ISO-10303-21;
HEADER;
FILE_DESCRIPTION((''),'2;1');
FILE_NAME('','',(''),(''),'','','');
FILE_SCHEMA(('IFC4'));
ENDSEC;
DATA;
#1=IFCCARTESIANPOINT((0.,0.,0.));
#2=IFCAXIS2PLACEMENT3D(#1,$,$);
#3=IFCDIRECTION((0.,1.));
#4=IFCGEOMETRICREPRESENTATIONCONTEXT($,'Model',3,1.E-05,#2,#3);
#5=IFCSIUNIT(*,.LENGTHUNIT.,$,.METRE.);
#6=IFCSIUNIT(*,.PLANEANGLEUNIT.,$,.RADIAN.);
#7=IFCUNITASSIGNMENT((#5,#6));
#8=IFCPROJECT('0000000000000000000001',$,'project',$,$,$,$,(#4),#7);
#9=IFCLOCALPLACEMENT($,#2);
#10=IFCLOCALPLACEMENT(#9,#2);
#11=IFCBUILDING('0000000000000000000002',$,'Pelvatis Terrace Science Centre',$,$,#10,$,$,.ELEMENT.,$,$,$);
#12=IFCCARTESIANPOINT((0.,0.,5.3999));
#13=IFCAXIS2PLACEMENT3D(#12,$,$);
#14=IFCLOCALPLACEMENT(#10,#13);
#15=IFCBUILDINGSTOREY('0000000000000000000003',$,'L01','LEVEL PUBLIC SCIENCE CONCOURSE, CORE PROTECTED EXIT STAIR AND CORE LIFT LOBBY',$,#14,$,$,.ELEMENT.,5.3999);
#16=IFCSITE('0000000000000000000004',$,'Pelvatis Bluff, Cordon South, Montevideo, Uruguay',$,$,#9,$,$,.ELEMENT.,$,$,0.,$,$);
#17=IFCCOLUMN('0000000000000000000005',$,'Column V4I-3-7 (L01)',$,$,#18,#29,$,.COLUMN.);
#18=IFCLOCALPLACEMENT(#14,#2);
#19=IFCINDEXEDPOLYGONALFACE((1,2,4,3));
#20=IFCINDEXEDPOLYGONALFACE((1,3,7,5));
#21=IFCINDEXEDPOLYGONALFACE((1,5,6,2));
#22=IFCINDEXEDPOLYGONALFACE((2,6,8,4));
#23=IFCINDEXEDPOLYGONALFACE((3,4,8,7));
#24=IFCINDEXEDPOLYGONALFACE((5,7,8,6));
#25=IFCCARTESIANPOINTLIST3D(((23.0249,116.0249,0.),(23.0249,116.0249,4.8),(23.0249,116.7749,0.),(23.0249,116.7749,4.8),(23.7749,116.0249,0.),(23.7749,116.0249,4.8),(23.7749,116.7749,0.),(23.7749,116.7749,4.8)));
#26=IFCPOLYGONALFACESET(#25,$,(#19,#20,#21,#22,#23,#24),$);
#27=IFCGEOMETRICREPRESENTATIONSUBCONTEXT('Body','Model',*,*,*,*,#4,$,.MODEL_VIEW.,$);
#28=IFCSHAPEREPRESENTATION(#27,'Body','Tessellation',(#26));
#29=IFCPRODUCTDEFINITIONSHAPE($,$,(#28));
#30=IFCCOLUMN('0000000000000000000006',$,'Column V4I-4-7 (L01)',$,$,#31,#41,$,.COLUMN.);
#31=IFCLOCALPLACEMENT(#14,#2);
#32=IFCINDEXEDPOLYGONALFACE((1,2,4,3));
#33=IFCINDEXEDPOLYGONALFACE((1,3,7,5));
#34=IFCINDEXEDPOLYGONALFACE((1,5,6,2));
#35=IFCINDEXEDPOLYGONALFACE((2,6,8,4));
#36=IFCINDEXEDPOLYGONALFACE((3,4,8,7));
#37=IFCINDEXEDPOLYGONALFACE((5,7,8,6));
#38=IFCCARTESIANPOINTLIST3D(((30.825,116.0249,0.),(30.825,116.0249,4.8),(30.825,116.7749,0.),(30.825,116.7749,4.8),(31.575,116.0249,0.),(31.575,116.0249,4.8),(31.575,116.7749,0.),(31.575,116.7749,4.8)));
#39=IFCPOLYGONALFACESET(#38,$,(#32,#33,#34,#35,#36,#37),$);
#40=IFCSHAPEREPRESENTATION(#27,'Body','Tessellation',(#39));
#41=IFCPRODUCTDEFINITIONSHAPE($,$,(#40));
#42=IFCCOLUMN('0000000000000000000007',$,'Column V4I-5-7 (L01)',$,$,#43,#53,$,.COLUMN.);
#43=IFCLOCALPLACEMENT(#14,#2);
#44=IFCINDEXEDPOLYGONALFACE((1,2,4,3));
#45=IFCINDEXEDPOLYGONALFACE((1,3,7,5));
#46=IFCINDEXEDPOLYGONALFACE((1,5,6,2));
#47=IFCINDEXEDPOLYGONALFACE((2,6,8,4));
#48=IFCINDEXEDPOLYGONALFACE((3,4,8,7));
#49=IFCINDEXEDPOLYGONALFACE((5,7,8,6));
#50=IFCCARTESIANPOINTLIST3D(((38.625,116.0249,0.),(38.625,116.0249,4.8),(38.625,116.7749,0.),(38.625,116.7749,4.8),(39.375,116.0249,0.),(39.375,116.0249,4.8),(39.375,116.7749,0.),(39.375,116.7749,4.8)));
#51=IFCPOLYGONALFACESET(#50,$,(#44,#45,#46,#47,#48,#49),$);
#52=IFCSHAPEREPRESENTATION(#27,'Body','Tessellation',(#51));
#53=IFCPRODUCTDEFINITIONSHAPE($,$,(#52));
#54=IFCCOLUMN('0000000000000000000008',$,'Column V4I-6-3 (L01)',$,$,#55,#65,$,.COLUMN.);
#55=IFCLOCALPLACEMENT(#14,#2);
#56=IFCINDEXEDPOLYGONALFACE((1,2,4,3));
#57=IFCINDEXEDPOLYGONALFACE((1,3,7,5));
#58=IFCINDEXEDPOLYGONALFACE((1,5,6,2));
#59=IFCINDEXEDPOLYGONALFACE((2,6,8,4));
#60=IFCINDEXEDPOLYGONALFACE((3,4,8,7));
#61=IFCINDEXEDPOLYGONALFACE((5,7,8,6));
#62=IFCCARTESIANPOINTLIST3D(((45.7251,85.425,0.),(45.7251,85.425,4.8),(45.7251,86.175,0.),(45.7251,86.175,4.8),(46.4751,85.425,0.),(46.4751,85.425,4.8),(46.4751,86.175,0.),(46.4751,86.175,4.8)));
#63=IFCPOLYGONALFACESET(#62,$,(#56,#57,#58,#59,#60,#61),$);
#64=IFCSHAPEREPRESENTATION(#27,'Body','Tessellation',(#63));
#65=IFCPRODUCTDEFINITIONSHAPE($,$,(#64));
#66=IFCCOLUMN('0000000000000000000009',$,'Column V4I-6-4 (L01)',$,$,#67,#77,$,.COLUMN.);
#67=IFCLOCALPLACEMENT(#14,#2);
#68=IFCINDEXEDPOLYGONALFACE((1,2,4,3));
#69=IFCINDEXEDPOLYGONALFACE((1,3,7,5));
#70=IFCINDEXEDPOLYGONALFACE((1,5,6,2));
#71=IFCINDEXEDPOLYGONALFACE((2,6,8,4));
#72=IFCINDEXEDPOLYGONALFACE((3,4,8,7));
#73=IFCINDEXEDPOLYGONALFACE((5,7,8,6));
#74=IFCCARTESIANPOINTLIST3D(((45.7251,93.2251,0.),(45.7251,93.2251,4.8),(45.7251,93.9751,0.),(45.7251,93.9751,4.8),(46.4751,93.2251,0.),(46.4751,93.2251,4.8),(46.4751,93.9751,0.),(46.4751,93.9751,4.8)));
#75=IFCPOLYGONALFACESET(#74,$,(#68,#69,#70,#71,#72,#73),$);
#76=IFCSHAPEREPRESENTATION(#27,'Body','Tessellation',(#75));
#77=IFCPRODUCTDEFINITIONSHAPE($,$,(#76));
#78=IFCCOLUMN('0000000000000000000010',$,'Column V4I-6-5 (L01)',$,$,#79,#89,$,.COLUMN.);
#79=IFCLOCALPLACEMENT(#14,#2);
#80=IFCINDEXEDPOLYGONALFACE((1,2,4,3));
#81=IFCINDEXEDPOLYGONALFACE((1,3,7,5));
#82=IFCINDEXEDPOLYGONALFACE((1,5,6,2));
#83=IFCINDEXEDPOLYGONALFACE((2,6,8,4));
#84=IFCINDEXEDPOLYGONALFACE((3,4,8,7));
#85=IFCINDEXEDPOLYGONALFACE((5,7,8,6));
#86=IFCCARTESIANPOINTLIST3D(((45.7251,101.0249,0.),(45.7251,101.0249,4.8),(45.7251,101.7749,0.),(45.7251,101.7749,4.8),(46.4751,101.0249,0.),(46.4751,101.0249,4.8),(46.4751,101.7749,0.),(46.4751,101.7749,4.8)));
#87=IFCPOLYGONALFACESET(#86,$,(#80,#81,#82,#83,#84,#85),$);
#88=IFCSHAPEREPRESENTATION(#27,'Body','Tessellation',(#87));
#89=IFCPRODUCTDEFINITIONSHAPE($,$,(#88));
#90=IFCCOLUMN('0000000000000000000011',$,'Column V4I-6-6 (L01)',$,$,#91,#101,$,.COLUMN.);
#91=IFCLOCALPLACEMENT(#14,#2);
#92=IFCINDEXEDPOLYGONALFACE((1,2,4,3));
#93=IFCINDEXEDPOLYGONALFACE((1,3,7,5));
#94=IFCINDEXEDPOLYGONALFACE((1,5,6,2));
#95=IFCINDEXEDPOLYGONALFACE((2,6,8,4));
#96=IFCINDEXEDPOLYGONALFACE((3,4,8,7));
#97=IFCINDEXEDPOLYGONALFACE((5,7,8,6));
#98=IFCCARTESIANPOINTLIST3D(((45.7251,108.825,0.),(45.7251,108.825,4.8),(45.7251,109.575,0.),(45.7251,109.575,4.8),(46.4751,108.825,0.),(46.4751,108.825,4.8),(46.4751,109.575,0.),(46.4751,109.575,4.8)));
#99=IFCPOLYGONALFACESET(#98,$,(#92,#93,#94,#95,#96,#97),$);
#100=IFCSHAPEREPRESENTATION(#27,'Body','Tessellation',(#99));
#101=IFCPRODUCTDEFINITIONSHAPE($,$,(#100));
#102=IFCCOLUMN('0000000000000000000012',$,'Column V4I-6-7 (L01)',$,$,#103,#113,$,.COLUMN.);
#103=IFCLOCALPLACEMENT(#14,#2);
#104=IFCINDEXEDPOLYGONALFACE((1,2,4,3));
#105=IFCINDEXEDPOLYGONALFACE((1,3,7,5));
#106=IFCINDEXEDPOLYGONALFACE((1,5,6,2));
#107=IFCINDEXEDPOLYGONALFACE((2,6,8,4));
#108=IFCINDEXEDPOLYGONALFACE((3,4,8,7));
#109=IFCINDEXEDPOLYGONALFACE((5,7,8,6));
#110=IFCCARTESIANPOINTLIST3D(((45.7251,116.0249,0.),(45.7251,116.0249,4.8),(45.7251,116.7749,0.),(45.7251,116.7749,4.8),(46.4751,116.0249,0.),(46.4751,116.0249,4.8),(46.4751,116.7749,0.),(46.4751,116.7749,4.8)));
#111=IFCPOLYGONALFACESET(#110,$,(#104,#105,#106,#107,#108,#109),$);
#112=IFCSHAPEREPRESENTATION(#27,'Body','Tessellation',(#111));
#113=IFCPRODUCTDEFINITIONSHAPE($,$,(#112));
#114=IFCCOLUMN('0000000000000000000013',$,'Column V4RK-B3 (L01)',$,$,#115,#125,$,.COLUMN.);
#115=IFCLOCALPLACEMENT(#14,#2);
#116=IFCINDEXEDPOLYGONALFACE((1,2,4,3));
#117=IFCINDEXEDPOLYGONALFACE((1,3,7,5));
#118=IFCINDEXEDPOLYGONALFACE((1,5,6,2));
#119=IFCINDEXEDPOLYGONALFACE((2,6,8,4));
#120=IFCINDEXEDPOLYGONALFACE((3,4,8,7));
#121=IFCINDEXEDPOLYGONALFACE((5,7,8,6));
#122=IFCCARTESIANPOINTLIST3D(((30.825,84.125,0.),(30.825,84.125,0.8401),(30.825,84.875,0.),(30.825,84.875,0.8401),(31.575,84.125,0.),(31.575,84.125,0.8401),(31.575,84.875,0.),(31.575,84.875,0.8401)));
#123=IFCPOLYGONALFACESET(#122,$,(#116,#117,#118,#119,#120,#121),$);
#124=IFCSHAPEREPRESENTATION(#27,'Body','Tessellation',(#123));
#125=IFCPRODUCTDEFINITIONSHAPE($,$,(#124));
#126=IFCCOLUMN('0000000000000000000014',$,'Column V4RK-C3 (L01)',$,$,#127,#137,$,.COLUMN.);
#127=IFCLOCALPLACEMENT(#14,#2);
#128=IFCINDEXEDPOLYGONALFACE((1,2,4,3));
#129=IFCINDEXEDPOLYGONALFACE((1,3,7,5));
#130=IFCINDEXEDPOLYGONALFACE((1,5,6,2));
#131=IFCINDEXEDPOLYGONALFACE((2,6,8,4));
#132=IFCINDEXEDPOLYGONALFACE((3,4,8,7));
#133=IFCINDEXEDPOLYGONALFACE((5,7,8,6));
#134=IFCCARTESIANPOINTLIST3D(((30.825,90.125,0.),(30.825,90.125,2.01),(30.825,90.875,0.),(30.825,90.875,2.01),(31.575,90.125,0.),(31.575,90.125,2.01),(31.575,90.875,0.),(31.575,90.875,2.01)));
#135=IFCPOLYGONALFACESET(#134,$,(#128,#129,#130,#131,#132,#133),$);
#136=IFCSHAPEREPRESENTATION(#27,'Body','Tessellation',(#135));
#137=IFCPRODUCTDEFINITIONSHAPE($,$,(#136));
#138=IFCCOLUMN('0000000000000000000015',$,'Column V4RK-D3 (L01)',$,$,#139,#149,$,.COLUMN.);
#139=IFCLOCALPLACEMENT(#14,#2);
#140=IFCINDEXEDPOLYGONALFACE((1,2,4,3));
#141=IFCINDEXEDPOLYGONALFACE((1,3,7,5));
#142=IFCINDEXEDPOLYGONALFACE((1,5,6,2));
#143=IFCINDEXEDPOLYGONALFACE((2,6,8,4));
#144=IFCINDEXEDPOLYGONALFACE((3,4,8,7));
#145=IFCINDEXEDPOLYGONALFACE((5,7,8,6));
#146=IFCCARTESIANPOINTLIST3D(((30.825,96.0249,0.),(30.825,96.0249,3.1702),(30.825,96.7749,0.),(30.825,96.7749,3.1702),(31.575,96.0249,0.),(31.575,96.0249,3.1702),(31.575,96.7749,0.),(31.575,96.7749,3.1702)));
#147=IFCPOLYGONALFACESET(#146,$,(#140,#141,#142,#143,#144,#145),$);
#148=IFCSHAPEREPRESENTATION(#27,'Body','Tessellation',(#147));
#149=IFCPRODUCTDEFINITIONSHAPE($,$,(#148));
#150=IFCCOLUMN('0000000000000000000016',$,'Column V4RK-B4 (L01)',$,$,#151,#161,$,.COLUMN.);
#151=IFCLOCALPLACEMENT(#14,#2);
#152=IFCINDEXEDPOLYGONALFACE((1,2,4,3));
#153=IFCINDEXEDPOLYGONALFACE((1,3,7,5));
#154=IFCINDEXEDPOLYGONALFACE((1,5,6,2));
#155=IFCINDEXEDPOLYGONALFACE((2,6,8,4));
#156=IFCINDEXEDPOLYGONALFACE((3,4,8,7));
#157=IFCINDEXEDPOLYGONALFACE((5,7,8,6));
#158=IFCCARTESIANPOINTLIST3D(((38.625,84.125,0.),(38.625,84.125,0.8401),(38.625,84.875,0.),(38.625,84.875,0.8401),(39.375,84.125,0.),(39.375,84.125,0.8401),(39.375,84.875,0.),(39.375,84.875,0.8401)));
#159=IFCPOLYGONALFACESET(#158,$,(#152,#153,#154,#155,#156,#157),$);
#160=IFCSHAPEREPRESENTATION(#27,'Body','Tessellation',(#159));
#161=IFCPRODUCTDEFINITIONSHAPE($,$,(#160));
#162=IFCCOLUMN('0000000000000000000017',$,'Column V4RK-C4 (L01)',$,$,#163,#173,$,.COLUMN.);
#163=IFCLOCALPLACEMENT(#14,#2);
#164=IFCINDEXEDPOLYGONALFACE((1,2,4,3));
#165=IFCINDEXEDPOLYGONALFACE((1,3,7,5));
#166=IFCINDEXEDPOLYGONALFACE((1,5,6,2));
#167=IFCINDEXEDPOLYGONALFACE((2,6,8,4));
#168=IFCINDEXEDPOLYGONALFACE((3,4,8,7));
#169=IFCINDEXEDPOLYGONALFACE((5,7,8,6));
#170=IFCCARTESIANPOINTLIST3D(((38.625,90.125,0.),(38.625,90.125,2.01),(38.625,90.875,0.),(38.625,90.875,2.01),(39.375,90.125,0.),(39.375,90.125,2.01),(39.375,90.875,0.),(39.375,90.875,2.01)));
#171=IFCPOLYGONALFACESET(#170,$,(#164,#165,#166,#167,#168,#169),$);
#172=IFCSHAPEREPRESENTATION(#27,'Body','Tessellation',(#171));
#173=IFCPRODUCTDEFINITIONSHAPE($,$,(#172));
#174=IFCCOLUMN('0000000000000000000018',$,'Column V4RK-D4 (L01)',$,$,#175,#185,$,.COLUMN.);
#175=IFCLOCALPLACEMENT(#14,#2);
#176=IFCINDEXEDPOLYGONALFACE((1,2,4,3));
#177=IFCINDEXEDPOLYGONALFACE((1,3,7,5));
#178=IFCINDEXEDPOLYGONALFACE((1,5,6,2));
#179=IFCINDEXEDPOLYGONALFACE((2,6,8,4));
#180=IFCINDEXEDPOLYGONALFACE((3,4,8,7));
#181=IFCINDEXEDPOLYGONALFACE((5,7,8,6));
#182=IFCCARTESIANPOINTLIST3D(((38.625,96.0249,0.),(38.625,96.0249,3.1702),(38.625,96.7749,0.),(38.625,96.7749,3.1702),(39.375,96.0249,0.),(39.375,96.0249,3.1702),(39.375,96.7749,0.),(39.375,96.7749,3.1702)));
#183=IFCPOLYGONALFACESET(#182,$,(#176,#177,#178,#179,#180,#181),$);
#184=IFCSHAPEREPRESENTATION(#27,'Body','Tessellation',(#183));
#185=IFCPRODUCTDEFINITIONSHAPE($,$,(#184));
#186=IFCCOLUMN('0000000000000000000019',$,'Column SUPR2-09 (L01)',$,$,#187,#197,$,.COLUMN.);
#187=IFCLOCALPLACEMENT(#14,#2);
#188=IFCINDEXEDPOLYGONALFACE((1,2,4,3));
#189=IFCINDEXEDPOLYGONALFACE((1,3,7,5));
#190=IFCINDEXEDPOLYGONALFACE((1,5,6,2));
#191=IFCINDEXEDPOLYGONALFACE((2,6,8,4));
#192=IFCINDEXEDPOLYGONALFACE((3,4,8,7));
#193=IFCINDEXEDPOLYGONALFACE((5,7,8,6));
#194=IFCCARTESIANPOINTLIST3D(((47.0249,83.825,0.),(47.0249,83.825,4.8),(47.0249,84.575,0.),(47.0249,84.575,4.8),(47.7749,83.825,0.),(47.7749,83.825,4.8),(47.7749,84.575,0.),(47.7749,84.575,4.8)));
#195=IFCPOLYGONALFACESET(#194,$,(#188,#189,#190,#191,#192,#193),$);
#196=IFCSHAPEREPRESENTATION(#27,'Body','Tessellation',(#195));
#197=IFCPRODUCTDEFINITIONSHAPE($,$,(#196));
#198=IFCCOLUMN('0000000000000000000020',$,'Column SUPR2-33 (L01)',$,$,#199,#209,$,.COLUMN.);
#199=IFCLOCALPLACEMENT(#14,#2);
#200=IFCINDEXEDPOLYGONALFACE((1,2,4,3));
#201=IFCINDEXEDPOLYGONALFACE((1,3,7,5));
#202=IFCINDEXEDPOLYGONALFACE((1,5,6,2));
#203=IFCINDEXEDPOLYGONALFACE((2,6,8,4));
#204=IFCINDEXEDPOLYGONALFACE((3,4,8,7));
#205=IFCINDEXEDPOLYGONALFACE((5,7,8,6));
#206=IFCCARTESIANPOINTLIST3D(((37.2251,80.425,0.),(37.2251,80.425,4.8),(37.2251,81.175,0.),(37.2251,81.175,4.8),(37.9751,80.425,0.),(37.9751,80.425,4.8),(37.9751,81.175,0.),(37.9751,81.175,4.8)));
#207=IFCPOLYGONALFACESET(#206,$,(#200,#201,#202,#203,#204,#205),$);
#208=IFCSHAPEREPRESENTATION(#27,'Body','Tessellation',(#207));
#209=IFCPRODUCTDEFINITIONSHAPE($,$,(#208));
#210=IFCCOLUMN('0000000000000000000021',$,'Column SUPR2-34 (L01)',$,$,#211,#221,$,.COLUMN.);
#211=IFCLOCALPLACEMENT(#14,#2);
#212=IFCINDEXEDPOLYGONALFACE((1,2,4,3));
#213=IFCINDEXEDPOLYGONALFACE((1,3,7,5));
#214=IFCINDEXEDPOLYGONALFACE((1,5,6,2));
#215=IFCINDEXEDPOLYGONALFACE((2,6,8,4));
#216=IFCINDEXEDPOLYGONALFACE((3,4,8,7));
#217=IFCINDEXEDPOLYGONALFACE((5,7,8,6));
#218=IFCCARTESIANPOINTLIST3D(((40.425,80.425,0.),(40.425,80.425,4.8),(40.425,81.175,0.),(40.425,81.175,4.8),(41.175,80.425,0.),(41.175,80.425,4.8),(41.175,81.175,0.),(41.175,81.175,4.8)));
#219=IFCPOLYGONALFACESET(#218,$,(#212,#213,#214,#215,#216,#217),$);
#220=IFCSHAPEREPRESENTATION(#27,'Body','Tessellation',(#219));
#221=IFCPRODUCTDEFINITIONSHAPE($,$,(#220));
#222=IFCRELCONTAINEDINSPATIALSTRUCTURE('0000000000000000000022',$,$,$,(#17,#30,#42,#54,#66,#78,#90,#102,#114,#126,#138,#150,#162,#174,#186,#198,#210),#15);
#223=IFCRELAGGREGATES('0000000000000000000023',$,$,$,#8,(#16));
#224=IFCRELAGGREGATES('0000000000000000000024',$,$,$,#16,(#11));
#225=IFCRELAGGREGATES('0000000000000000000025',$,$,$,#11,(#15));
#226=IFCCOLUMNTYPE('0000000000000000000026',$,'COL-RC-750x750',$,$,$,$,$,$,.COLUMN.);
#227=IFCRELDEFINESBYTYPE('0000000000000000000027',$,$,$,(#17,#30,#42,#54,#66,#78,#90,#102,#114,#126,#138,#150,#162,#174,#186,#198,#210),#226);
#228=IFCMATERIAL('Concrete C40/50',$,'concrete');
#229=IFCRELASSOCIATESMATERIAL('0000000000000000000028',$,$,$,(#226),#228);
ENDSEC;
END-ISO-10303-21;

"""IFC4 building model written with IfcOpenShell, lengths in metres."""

from ifc_helpers import new_model, si_unit, direction, frame, origin, origin_2d, place, context, subcontext, project, spatial, rectangle, extrude, material, material_profile, profile_set, type_object, element, save


model = new_model("IFC4")

# Units and contexts
model_context = context("Model", 3, precision=1e-05, world=origin(), true_north=direction((0.0, 1.0)))
body_context = subcontext(model_context, "Body", "Model", "MODEL_VIEW")
ifc_project = project(units=[si_unit("LENGTHUNIT", "METRE"), si_unit("PLANEANGLEUNIT", "RADIAN")], contexts=[model_context])

# Site, building, storey
site_placement = place(None, origin())
site = spatial("IfcSite", under=ifc_project, at=site_placement, Name="Pelvatis Bluff, Cordon South, Montevideo, Uruguay", CompositionType="ELEMENT", RefElevation=0.0)
building_placement = place(site_placement, origin())
building = spatial("IfcBuilding", under=site, at=building_placement, Name="Pelvatis Terrace Science Centre", CompositionType="ELEMENT")
storey_placement = place(building_placement, frame((0.0, 0.0, 5.3999)))
storey = spatial("IfcBuildingStorey", under=building, at=storey_placement, Name="L01", Description="LEVEL PUBLIC SCIENCE CONCOURSE, CORE PROTECTED EXIT STAIR AND CORE LIFT LOBBY", CompositionType="ELEMENT", Elevation=5.3999)

# Columns
ifc_material_1 = material(Name="Concrete C40/50", Category="concrete")
ifc_material_profile_1 = material_profile(ifc_material_1, rectangle(XDim=0.75, YDim=0.75, at=origin_2d()), Name="RC-COL 750x750")
ifc_profile_set_1 = profile_set([ifc_material_profile_1], Name="Concrete C40/50")
column_type_1 = type_object("IfcColumnType", Name="COL-RC-750x750", PredefinedType="COLUMN", material=ifc_profile_set_1)
for number, where, z_axis, x_axis, name in (
    (1, (23.3999, 116.3999, 0.0), (0.0, 0.0, 1.0), (1.0, 0.0, 0.0), "Column V4I-3-7 (L01)"),
    (2, (31.2, 116.3999, 0.0), (0.0, 0.0, 1.0), (1.0, 0.0, 0.0), "Column V4I-4-7 (L01)"),
    (3, (39.0, 116.3999, 0.0), (0.0, 0.0, 1.0), (1.0, 0.0, 0.0), "Column V4I-5-7 (L01)"),
    (4, (46.1001, 85.8, 0.0), (0.0, 0.0, 1.0), (1.0, 0.0, 0.0), "Column V4I-6-3 (L01)"),
    (5, (46.1001, 93.6001, 0.0), (0.0, 0.0, 1.0), (1.0, 0.0, 0.0), "Column V4I-6-4 (L01)"),
    (6, (46.1001, 101.3999, 0.0), (0.0, 0.0, 1.0), (1.0, 0.0, 0.0), "Column V4I-6-5 (L01)"),
    (7, (46.1001, 109.2, 0.0), (0.0, 0.0, 1.0), (1.0, 0.0, 0.0), "Column V4I-6-6 (L01)"),
    (8, (46.1001, 116.3999, 0.0), (0.0, 0.0, 1.0), (1.0, 0.0, 0.0), "Column V4I-6-7 (L01)"),
):
    element("IfcColumn", number, at=place(storey_placement, frame(where, z_axis=z_axis, x_axis=x_axis)), inside=storey, type_object=column_type_1, Name=name, PredefinedType="COLUMN", context=body_context, shape_type="SweptSolid", body=[
        extrude(rectangle(XDim=0.75, YDim=0.75, at=origin_2d()), origin(), (0.0, 0.0, 1.0), 4.8),
    ])
column_1_placement = place(storey_placement, frame((31.2, 84.5, 0.0), z_axis=(0.0, 0.0, 1.0), x_axis=(1.0, 0.0, 0.0)))
element("IfcColumn", 9, at=column_1_placement, inside=storey, type_object=column_type_1, Name="Column V4RK-B3 (L01)", PredefinedType="COLUMN", context=body_context, shape_type="SweptSolid", body=[
    extrude(rectangle(XDim=0.75, YDim=0.75, at=origin_2d()), origin(), (0.0, 0.0, 1.0), 0.8401),
])
column_2_placement = place(storey_placement, frame((31.2, 90.5, 0.0), z_axis=(0.0, 0.0, 1.0), x_axis=(1.0, 0.0, 0.0)))
element("IfcColumn", 10, at=column_2_placement, inside=storey, type_object=column_type_1, Name="Column V4RK-C3 (L01)", PredefinedType="COLUMN", context=body_context, shape_type="SweptSolid", body=[
    extrude(rectangle(XDim=0.75, YDim=0.75, at=origin_2d()), origin(), (0.0, 0.0, 1.0), 2.01),
])
column_3_placement = place(storey_placement, frame((31.2, 96.3999, 0.0), z_axis=(0.0, 0.0, 1.0), x_axis=(1.0, 0.0, 0.0)))
element("IfcColumn", 11, at=column_3_placement, inside=storey, type_object=column_type_1, Name="Column V4RK-D3 (L01)", PredefinedType="COLUMN", context=body_context, shape_type="SweptSolid", body=[
    extrude(rectangle(XDim=0.75, YDim=0.75, at=origin_2d()), origin(), (0.0, 0.0, 1.0), 3.1702),
])
column_4_placement = place(storey_placement, frame((39.0, 84.5, 0.0), z_axis=(0.0, 0.0, 1.0), x_axis=(1.0, 0.0, 0.0)))
element("IfcColumn", 12, at=column_4_placement, inside=storey, type_object=column_type_1, Name="Column V4RK-B4 (L01)", PredefinedType="COLUMN", context=body_context, shape_type="SweptSolid", body=[
    extrude(rectangle(XDim=0.75, YDim=0.75, at=origin_2d()), origin(), (0.0, 0.0, 1.0), 0.8401),
])
column_5_placement = place(storey_placement, frame((39.0, 90.5, 0.0), z_axis=(0.0, 0.0, 1.0), x_axis=(1.0, 0.0, 0.0)))
element("IfcColumn", 13, at=column_5_placement, inside=storey, type_object=column_type_1, Name="Column V4RK-C4 (L01)", PredefinedType="COLUMN", context=body_context, shape_type="SweptSolid", body=[
    extrude(rectangle(XDim=0.75, YDim=0.75, at=origin_2d()), origin(), (0.0, 0.0, 1.0), 2.01),
])
column_6_placement = place(storey_placement, frame((39.0, 96.3999, 0.0), z_axis=(0.0, 0.0, 1.0), x_axis=(1.0, 0.0, 0.0)))
element("IfcColumn", 14, at=column_6_placement, inside=storey, type_object=column_type_1, Name="Column V4RK-D4 (L01)", PredefinedType="COLUMN", context=body_context, shape_type="SweptSolid", body=[
    extrude(rectangle(XDim=0.75, YDim=0.75, at=origin_2d()), origin(), (0.0, 0.0, 1.0), 3.1702),
])
for number, where, z_axis, x_axis, name in (
    (15, (47.3999, 84.2, 0.0), (0.0, 0.0, 1.0), (1.0, 0.0, 0.0), "Column SUPR2-09 (L01)"),
    (16, (37.6001, 80.8, 0.0), (0.0, 0.0, 1.0), (1.0, 0.0, 0.0), "Column SUPR2-33 (L01)"),
    (17, (40.8, 80.8, 0.0), (0.0, 0.0, 1.0), (1.0, 0.0, 0.0), "Column SUPR2-34 (L01)"),
):
    element("IfcColumn", number, at=place(storey_placement, frame(where, z_axis=z_axis, x_axis=x_axis)), inside=storey, type_object=column_type_1, Name=name, PredefinedType="COLUMN", context=body_context, shape_type="SweptSolid", body=[
        extrude(rectangle(XDim=0.75, YDim=0.75, at=origin_2d()), origin(), (0.0, 0.0, 1.0), 4.8),
    ])

save(model, "model.ifc")
